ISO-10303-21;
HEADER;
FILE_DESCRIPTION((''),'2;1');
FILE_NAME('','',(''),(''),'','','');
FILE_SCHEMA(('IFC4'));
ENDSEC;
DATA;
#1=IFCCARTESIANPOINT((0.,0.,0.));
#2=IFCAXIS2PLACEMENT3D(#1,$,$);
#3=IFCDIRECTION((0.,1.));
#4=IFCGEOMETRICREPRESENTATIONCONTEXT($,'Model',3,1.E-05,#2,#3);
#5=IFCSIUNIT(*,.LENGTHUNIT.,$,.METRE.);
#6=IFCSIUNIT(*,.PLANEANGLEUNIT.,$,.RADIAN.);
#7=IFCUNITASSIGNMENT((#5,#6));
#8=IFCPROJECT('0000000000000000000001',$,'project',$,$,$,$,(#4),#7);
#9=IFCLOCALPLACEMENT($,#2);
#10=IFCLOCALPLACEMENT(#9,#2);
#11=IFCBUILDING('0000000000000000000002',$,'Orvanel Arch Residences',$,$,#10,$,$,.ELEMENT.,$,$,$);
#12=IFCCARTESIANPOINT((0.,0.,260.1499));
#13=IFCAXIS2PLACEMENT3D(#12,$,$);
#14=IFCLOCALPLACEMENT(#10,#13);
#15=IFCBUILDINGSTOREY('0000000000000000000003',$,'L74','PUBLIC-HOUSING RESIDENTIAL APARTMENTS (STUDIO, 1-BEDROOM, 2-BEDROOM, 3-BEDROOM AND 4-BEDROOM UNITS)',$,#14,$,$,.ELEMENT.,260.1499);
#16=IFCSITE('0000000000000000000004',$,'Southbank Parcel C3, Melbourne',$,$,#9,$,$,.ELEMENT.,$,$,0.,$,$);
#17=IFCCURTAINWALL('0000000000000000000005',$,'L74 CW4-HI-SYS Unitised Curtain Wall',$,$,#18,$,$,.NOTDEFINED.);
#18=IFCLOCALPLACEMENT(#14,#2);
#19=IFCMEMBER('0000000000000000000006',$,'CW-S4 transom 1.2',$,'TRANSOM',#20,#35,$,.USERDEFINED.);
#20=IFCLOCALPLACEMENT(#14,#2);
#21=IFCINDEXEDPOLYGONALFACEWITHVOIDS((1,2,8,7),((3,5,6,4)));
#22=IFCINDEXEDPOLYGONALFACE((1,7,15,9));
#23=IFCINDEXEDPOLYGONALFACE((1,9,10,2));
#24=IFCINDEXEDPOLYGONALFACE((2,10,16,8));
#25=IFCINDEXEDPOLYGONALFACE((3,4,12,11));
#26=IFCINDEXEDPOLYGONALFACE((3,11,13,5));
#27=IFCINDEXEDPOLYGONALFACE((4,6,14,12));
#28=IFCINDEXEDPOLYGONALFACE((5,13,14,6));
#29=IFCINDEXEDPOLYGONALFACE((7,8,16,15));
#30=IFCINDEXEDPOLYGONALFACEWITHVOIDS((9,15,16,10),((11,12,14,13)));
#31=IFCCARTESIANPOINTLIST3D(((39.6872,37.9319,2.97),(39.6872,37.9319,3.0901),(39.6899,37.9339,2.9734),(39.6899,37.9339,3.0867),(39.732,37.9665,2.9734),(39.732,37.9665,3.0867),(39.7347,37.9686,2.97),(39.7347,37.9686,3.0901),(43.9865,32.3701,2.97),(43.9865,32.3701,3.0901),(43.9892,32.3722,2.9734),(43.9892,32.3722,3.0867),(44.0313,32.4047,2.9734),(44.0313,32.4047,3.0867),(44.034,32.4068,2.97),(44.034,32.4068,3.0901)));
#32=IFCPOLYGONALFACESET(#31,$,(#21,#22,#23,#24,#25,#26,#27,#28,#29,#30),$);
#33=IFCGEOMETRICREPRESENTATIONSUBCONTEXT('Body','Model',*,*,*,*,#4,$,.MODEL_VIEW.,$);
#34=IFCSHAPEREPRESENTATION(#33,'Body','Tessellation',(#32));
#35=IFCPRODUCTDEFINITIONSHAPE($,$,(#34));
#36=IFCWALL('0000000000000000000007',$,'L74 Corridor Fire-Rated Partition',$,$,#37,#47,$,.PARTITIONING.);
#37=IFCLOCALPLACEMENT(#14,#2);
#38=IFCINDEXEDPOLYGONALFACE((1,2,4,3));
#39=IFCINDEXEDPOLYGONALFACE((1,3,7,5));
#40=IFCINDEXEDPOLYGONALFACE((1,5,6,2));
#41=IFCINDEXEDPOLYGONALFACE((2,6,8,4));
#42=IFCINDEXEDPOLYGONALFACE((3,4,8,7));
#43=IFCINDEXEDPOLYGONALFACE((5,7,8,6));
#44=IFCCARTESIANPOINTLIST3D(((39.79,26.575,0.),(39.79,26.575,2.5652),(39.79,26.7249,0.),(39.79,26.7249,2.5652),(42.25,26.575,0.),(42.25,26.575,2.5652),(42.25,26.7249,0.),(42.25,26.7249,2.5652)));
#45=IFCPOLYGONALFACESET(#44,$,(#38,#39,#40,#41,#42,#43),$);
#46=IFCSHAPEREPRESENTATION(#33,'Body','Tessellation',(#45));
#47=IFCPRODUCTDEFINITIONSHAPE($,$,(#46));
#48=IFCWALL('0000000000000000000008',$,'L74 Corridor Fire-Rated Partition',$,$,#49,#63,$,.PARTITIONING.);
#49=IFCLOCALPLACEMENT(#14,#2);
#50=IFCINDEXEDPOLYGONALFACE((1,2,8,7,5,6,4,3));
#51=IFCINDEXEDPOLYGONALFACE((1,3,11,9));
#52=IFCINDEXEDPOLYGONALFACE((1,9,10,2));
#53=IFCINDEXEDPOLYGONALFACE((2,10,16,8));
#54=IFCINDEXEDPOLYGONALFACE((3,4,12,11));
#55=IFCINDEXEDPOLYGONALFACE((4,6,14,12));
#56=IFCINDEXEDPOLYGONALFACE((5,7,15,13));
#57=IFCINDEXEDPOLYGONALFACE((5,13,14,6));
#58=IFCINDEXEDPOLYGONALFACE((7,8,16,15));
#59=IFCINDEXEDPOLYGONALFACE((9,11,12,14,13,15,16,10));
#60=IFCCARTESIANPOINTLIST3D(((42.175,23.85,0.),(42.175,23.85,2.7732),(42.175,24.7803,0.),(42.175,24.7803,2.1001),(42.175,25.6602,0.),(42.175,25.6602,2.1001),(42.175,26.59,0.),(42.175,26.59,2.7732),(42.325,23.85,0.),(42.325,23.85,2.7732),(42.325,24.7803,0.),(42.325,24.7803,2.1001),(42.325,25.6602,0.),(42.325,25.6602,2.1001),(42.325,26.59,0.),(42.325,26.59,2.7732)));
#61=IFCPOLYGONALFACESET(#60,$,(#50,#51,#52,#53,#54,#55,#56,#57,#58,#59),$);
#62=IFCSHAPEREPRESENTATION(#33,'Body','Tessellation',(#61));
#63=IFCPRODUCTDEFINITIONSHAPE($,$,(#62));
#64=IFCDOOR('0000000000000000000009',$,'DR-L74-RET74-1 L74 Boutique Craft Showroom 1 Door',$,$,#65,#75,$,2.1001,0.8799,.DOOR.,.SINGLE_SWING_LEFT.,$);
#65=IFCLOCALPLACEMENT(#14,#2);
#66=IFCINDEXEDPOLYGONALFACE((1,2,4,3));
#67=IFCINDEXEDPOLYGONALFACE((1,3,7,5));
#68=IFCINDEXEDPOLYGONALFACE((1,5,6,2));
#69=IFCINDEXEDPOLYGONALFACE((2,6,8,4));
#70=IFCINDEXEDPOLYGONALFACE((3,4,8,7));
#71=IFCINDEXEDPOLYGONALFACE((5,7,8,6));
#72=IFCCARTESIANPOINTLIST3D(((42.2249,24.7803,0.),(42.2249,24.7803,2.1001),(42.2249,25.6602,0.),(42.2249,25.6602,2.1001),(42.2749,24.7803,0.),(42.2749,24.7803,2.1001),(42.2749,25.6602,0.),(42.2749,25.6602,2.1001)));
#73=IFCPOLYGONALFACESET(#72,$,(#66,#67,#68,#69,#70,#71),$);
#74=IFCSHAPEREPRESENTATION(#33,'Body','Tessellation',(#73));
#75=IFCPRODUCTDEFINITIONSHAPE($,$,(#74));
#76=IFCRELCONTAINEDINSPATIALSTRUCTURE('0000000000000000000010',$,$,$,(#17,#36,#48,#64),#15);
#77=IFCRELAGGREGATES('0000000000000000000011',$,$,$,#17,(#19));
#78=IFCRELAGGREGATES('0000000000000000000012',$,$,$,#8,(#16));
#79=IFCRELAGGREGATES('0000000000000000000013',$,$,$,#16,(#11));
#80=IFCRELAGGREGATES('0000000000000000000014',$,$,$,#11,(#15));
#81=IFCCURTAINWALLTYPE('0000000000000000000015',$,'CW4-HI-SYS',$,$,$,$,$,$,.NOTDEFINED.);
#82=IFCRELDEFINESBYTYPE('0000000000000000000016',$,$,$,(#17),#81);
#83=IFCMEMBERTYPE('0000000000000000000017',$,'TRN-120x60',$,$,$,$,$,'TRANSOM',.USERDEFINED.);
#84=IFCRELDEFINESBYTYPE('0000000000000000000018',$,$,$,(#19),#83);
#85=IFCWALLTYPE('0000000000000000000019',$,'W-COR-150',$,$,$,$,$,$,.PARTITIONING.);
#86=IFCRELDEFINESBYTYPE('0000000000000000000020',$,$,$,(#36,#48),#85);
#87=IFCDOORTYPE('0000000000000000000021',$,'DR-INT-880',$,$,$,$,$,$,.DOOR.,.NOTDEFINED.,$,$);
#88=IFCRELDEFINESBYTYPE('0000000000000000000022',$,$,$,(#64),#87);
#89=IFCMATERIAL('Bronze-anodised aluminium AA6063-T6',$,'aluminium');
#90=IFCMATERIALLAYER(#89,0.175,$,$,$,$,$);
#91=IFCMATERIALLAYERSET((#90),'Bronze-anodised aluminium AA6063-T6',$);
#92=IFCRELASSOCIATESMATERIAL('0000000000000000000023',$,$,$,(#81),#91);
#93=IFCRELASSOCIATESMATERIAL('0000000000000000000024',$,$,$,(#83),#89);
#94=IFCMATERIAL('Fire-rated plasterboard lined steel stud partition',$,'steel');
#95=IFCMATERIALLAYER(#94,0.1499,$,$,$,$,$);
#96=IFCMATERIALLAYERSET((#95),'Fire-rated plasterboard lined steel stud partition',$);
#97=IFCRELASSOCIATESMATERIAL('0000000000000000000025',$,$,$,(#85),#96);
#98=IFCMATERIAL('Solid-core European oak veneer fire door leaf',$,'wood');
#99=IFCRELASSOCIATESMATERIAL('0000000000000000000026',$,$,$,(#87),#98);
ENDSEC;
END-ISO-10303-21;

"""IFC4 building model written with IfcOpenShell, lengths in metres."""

from ifc_helpers import new_model, si_unit, direction, frame, frame_2d, origin, origin_2d, place, context, subcontext, project, spatial, rectangle, hollow_rectangle, extrude, material, layer, layer_set, material_profile, profile_set, type_object, element, fill, aggregate, save


model = new_model("IFC4")

# Units and contexts
model_context = context("Model", 3, precision=1e-05, world=origin(), true_north=direction((0.0, 1.0)))
body_context = subcontext(model_context, "Body", "Model", "MODEL_VIEW")
ifc_project = project(units=[si_unit("LENGTHUNIT", "METRE"), si_unit("PLANEANGLEUNIT", "RADIAN")], contexts=[model_context])

# Site, building, storey
site_placement = place(None, origin())
site = spatial("IfcSite", under=ifc_project, at=site_placement, Name="Southbank Parcel C3, Melbourne", CompositionType="ELEMENT", RefElevation=0.0)
building_placement = place(site_placement, origin())
building = spatial("IfcBuilding", under=site, at=building_placement, Name="Orvanel Arch Residences", CompositionType="ELEMENT")
storey_placement = place(building_placement, frame((0.0, 0.0, 260.1499)))
storey = spatial("IfcBuildingStorey", under=building, at=storey_placement, Name="L74", Description="PUBLIC-HOUSING RESIDENTIAL APARTMENTS (STUDIO, 1-BEDROOM, 2-BEDROOM, 3-BEDROOM AND 4-BEDROOM UNITS)", CompositionType="ELEMENT", Elevation=260.1499)

# Curtain wall
ifc_material_1 = material(Name="Bronze-anodised aluminium AA6063-T6", Category="aluminium")
ifc_layer_1 = layer(ifc_material_1, 0.175)
ifc_layer_set_1 = layer_set([ifc_layer_1], Name="Bronze-anodised aluminium AA6063-T6")
curtain_wall_type = type_object("IfcCurtainWallType", Name="CW4-HI-SYS", PredefinedType="NOTDEFINED", material=ifc_layer_set_1)
curtain_wall_placement = place(storey_placement, origin())
curtain_wall = element("IfcCurtainWall", 1, at=curtain_wall_placement, inside=storey, type_object=curtain_wall_type, Name="L74 CW4-HI-SYS Unitised Curtain Wall", PredefinedType="NOTDEFINED")

# Member
ifc_material_profile_1 = material_profile(ifc_material_1, hollow_rectangle(XDim=0.0601, YDim=0.1201, WallThickness=0.0034, at=origin_2d()), Name="ALU120x60x3.5")
ifc_profile_set_1 = profile_set([ifc_material_profile_1], Name="Bronze-anodised aluminium AA6063-T6")
member_type_1 = type_object("IfcMemberType", Name="TRN-120x60", ElementType="TRANSOM", PredefinedType="USERDEFINED", material=ifc_profile_set_1)
member_1_placement = place(storey_placement, frame((44.0103, 32.3884, 3.03), z_axis=(-0.611589, 0.791176, 0.0), x_axis=(-0.791176, -0.611589, 0.0)))
member_1 = element("IfcMember", 2, at=member_1_placement, type_object=member_type_1, Name="CW-S4 transom 1.2", ObjectType="TRANSOM", PredefinedType="USERDEFINED", context=body_context, shape_type="SweptSolid", body=[
    extrude(hollow_rectangle(XDim=0.0601, YDim=0.1201, WallThickness=0.0034, at=origin_2d()), origin(), (0.0, 0.0, 1.0), 7.0298),
])
aggregate(curtain_wall, [member_1])

# Wall
ifc_material_2 = material(Name="Fire-rated plasterboard lined steel stud partition", Category="steel")
ifc_layer_2 = layer(ifc_material_2, 0.1499)
ifc_layer_set_2 = layer_set([ifc_layer_2], Name="Fire-rated plasterboard lined steel stud partition")
wall_type = type_object("IfcWallType", Name="W-COR-150", PredefinedType="PARTITIONING", material=ifc_layer_set_2)
wall_1_placement = place(storey_placement, frame((39.79, 26.6499, 0.0), z_axis=(0.0, 0.0, 1.0), x_axis=(1.0, 0.0, 0.0)))
element("IfcWall", 3, at=wall_1_placement, inside=storey, type_object=wall_type, Name="L74 Corridor Fire-Rated Partition", PredefinedType="PARTITIONING", context=body_context, shape_type="SweptSolid", body=[
    extrude(rectangle(XDim=2.46, YDim=0.1499, at=frame_2d((1.23, 0.0))), origin(), (0.0, 0.0, 1.0), 2.5652),
])

# Wall, opening, door
wall_2_placement = place(storey_placement, frame((42.25, 26.5901, 0.0), z_axis=(0.0, 0.0, 1.0), x_axis=(0.0, -1.0, 0.0)))
wall_2 = element("IfcWall", 4, at=wall_2_placement, inside=storey, type_object=wall_type, Name="L74 Corridor Fire-Rated Partition", PredefinedType="PARTITIONING", context=body_context, shape_type="SweptSolid", body=[
    extrude(rectangle(XDim=2.74, YDim=0.1499, at=frame_2d((1.3701, 0.0))), origin(), (0.0, 0.0, 1.0), 2.7732),
])
opening_placement = place(wall_2_placement, frame((0.9299, 0.0, 0.0)))
opening = element("IfcOpeningElement", 5, at=opening_placement, cuts=wall_2, PredefinedType="OPENING", context=body_context, shape_type="SweptSolid", body=[
    extrude(rectangle(XDim=0.8799, YDim=2.1001, at=frame_2d((0.4399, 1.05))), frame((0.0, 0.085, 0.0), z_axis=(0.0, -1.0, 0.0), x_axis=(1.0, 0.0, 0.0)), (0.0, 0.0, 1.0), 0.1699),
])
ifc_material_3 = material(Name="Solid-core European oak veneer fire door leaf", Category="wood")
door_type = type_object("IfcDoorType", Name="DR-INT-880", OperationType="NOTDEFINED", PredefinedType="DOOR", material=ifc_material_3)
door_placement = place(opening_placement, origin())
door = element("IfcDoor", 6, at=door_placement, inside=storey, type_object=door_type, Name="DR-L74-RET74-1 L74 Boutique Craft Showroom 1 Door", OperationType="SINGLE_SWING_LEFT", OverallHeight=2.1001, OverallWidth=0.8799, PredefinedType="DOOR", context=body_context, shape_type="SweptSolid", body=[
    extrude(rectangle(XDim=0.8799, YDim=2.1001, at=frame_2d((0.4399, 1.05))), frame((0.0, 0.0249, 0.0), z_axis=(0.0, -1.0, 0.0), x_axis=(1.0, 0.0, 0.0)), (0.0, 0.0, 1.0), 0.05),
])
fill(opening, door)

save(model, "model.ifc")
